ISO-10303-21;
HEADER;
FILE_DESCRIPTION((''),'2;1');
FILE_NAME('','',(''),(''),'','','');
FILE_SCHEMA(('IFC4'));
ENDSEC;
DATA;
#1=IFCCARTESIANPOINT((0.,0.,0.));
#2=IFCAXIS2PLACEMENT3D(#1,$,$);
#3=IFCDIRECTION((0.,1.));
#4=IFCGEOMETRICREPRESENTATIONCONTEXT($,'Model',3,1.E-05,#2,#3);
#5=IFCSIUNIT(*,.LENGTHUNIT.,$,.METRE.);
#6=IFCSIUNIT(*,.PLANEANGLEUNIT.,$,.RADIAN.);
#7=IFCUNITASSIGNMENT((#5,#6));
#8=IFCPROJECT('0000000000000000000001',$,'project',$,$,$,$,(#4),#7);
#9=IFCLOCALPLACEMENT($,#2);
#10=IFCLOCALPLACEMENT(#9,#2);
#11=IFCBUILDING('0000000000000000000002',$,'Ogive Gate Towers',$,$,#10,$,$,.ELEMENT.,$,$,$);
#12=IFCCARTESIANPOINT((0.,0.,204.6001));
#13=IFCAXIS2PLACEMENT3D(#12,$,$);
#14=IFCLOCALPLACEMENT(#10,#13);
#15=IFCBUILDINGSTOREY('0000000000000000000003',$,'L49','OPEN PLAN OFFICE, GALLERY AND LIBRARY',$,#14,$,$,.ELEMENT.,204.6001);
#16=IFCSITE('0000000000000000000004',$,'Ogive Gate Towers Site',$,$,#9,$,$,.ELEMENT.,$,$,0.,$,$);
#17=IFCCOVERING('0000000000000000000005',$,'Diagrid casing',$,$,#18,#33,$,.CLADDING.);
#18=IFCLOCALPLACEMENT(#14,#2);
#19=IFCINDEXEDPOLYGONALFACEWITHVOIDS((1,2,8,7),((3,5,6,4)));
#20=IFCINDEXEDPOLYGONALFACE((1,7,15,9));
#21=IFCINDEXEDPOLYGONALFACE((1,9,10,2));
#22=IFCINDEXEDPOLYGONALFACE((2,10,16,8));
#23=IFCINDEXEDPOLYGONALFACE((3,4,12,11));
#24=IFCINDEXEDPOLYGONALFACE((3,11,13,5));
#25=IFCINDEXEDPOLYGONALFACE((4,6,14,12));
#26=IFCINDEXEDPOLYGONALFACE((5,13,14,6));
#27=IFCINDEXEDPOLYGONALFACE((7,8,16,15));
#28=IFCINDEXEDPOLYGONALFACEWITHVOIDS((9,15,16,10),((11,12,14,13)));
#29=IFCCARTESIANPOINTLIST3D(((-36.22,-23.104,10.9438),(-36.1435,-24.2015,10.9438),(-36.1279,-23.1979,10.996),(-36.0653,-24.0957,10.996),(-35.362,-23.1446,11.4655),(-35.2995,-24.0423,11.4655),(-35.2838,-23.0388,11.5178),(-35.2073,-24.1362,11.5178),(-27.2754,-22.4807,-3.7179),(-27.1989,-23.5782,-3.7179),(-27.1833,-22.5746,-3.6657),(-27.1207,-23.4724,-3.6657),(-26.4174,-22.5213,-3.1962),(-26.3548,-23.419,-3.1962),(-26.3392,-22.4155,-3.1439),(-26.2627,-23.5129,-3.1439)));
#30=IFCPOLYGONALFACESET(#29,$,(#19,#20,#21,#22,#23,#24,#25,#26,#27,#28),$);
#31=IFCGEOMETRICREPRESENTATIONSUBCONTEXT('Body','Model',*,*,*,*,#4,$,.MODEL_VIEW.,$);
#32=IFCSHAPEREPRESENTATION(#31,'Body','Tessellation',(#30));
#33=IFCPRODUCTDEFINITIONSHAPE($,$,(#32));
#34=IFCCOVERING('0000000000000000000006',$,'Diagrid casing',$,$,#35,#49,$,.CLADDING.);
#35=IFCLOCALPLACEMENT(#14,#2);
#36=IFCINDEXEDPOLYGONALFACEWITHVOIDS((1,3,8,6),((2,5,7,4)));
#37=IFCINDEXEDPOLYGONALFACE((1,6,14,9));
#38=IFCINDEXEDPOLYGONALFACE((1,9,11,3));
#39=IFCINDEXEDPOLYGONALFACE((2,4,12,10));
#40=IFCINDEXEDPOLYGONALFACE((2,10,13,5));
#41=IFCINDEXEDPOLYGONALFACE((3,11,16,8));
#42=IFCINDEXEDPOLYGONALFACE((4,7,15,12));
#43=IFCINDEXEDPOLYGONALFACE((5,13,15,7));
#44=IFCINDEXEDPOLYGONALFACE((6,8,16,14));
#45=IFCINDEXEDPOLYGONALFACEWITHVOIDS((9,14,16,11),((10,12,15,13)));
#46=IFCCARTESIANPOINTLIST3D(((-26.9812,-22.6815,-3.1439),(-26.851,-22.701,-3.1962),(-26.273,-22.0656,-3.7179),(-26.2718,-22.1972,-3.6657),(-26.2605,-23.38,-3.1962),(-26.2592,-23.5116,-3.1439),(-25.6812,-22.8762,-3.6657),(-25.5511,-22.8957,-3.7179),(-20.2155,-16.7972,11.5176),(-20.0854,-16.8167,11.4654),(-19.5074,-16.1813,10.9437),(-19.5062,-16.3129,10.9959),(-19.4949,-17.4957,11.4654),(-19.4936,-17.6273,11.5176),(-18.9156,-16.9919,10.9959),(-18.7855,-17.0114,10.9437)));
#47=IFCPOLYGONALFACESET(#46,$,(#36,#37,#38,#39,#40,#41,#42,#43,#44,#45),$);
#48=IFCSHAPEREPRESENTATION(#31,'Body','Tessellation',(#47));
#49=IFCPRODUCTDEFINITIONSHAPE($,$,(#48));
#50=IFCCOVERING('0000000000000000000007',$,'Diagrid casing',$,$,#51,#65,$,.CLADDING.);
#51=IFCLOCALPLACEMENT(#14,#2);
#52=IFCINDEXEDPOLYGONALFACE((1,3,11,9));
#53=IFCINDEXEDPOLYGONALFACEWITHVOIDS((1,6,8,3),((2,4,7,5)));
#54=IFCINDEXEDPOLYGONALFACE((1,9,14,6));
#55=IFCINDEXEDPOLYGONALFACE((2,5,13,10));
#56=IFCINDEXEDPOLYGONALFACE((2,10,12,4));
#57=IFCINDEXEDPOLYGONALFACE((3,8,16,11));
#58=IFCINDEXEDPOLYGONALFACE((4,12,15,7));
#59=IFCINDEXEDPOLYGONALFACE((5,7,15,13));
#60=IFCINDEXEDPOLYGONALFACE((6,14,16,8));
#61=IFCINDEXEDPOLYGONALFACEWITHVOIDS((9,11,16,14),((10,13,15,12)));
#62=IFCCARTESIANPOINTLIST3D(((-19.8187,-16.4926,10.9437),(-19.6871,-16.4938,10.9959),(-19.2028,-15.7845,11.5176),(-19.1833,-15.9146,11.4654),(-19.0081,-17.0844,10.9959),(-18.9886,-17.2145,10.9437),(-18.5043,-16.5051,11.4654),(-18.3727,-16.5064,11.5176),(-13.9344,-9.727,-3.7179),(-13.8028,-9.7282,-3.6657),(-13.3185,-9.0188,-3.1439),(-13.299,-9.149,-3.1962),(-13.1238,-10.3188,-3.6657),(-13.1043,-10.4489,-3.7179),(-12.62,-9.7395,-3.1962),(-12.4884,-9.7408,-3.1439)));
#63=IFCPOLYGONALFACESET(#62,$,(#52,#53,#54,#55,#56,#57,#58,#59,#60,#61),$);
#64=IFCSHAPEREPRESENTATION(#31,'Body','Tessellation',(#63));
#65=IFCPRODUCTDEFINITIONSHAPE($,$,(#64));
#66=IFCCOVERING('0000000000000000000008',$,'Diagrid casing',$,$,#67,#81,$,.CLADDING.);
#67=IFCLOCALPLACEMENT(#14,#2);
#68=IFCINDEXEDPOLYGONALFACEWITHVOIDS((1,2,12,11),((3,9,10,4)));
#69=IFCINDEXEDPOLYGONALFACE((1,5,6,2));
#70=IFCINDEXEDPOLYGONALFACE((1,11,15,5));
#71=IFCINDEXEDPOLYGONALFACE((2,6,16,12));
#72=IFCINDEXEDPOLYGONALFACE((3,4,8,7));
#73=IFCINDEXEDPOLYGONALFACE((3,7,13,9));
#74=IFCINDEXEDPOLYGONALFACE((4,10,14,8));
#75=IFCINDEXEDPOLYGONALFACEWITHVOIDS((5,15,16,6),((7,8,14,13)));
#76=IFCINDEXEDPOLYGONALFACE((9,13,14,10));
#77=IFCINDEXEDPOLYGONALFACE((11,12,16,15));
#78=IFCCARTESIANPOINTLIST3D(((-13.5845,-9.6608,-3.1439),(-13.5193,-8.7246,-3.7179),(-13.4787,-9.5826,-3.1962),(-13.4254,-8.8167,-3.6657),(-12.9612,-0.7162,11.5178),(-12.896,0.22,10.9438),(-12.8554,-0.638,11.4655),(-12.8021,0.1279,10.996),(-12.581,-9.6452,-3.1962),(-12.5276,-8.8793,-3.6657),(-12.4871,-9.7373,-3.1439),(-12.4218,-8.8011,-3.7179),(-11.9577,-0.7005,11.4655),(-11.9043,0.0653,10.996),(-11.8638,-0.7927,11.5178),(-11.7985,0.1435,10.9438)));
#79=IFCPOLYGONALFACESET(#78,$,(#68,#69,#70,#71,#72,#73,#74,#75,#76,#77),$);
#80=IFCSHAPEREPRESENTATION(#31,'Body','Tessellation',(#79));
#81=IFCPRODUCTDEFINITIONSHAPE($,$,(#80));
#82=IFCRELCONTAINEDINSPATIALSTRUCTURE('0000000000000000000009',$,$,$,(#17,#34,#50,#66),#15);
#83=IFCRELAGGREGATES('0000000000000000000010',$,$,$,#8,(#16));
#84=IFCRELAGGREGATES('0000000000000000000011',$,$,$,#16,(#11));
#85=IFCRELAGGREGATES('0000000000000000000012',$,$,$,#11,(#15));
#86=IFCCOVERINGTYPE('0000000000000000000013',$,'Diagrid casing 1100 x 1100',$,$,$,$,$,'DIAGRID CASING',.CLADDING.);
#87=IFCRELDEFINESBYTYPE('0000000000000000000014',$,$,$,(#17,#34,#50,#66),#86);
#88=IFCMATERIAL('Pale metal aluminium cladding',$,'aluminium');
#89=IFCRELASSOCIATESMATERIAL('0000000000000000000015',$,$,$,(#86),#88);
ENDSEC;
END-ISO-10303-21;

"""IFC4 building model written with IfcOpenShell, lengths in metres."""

from ifc_helpers import new_model, si_unit, direction, frame, origin, origin_2d, place, context, subcontext, project, spatial, hollow_rectangle, extrude, material, material_profile, profile_set, type_object, element, save


model = new_model("IFC4")

# Units and contexts
model_context = context("Model", 3, precision=1e-05, world=origin(), true_north=direction((0.0, 1.0)))
body_context = subcontext(model_context, "Body", "Model", "MODEL_VIEW")
ifc_project = project(units=[si_unit("LENGTHUNIT", "METRE"), si_unit("PLANEANGLEUNIT", "RADIAN")], contexts=[model_context])

# Site, building, storey
site_placement = place(None, origin())
site = spatial("IfcSite", under=ifc_project, at=site_placement, Name="Ogive Gate Towers Site", CompositionType="ELEMENT", RefElevation=0.0)
building_placement = place(site_placement, origin())
building = spatial("IfcBuilding", under=site, at=building_placement, Name="Ogive Gate Towers", CompositionType="ELEMENT")
storey_placement = place(building_placement, frame((0.0, 0.0, 204.6001)))
storey = spatial("IfcBuildingStorey", under=building, at=storey_placement, Name="L49", Description="OPEN PLAN OFFICE, GALLERY AND LIBRARY", CompositionType="ELEMENT", Elevation=204.6001)

# Coverings
ifc_material_1 = material(Name="Pale metal aluminium cladding", Category="aluminium")
ifc_material_profile_1 = material_profile(ifc_material_1, hollow_rectangle(XDim=1.1001, YDim=1.1001, WallThickness=0.1001, at=origin_2d()), Name="1100 x 1100 pale metal casing")
ifc_profile_set_1 = profile_set([ifc_material_profile_1], Name="Pale metal aluminium cladding")
covering_type_1 = type_object("IfcCoveringType", Name="Diagrid casing 1100 x 1100", ElementType="DIAGRID CASING", PredefinedType="CLADDING", material=ifc_profile_set_1)
for number, where, z_axis, x_axis, name in (
    (1, (-26.769, -22.9968, -3.4309), (-0.520459, -0.036267, 0.853116), (0.069515, -0.997581, 0.0), "Diagrid casing"),
    (2, (-26.2661, -22.7886, -3.4309), (0.393669, 0.342386, 0.85311), (-0.65625, 0.754543, 0.0), "Diagrid casing"),
    (3, (-13.2114, -9.7339, -3.4309), (-0.342386, -0.393669, 0.85311), (0.754543, -0.65625, 0.0), "Diagrid casing"),
    (4, (-13.0032, -9.231, -3.4309), (0.036267, 0.520459, 0.853116), (-0.997581, 0.069515, 0.0), "Diagrid casing"),
):
    element("IfcCovering", number, at=place(storey_placement, frame(where, z_axis=z_axis, x_axis=x_axis)), inside=storey, type_object=covering_type_1, Name=name, PredefinedType="CLADDING", context=body_context, shape_type="SweptSolid", body=[
        extrude(hollow_rectangle(XDim=1.1001, YDim=1.1001, WallThickness=0.1001, at=origin_2d()), origin(), (0.0, 0.0, 1.0), 17.186),
    ])

save(model, "model.ifc")
